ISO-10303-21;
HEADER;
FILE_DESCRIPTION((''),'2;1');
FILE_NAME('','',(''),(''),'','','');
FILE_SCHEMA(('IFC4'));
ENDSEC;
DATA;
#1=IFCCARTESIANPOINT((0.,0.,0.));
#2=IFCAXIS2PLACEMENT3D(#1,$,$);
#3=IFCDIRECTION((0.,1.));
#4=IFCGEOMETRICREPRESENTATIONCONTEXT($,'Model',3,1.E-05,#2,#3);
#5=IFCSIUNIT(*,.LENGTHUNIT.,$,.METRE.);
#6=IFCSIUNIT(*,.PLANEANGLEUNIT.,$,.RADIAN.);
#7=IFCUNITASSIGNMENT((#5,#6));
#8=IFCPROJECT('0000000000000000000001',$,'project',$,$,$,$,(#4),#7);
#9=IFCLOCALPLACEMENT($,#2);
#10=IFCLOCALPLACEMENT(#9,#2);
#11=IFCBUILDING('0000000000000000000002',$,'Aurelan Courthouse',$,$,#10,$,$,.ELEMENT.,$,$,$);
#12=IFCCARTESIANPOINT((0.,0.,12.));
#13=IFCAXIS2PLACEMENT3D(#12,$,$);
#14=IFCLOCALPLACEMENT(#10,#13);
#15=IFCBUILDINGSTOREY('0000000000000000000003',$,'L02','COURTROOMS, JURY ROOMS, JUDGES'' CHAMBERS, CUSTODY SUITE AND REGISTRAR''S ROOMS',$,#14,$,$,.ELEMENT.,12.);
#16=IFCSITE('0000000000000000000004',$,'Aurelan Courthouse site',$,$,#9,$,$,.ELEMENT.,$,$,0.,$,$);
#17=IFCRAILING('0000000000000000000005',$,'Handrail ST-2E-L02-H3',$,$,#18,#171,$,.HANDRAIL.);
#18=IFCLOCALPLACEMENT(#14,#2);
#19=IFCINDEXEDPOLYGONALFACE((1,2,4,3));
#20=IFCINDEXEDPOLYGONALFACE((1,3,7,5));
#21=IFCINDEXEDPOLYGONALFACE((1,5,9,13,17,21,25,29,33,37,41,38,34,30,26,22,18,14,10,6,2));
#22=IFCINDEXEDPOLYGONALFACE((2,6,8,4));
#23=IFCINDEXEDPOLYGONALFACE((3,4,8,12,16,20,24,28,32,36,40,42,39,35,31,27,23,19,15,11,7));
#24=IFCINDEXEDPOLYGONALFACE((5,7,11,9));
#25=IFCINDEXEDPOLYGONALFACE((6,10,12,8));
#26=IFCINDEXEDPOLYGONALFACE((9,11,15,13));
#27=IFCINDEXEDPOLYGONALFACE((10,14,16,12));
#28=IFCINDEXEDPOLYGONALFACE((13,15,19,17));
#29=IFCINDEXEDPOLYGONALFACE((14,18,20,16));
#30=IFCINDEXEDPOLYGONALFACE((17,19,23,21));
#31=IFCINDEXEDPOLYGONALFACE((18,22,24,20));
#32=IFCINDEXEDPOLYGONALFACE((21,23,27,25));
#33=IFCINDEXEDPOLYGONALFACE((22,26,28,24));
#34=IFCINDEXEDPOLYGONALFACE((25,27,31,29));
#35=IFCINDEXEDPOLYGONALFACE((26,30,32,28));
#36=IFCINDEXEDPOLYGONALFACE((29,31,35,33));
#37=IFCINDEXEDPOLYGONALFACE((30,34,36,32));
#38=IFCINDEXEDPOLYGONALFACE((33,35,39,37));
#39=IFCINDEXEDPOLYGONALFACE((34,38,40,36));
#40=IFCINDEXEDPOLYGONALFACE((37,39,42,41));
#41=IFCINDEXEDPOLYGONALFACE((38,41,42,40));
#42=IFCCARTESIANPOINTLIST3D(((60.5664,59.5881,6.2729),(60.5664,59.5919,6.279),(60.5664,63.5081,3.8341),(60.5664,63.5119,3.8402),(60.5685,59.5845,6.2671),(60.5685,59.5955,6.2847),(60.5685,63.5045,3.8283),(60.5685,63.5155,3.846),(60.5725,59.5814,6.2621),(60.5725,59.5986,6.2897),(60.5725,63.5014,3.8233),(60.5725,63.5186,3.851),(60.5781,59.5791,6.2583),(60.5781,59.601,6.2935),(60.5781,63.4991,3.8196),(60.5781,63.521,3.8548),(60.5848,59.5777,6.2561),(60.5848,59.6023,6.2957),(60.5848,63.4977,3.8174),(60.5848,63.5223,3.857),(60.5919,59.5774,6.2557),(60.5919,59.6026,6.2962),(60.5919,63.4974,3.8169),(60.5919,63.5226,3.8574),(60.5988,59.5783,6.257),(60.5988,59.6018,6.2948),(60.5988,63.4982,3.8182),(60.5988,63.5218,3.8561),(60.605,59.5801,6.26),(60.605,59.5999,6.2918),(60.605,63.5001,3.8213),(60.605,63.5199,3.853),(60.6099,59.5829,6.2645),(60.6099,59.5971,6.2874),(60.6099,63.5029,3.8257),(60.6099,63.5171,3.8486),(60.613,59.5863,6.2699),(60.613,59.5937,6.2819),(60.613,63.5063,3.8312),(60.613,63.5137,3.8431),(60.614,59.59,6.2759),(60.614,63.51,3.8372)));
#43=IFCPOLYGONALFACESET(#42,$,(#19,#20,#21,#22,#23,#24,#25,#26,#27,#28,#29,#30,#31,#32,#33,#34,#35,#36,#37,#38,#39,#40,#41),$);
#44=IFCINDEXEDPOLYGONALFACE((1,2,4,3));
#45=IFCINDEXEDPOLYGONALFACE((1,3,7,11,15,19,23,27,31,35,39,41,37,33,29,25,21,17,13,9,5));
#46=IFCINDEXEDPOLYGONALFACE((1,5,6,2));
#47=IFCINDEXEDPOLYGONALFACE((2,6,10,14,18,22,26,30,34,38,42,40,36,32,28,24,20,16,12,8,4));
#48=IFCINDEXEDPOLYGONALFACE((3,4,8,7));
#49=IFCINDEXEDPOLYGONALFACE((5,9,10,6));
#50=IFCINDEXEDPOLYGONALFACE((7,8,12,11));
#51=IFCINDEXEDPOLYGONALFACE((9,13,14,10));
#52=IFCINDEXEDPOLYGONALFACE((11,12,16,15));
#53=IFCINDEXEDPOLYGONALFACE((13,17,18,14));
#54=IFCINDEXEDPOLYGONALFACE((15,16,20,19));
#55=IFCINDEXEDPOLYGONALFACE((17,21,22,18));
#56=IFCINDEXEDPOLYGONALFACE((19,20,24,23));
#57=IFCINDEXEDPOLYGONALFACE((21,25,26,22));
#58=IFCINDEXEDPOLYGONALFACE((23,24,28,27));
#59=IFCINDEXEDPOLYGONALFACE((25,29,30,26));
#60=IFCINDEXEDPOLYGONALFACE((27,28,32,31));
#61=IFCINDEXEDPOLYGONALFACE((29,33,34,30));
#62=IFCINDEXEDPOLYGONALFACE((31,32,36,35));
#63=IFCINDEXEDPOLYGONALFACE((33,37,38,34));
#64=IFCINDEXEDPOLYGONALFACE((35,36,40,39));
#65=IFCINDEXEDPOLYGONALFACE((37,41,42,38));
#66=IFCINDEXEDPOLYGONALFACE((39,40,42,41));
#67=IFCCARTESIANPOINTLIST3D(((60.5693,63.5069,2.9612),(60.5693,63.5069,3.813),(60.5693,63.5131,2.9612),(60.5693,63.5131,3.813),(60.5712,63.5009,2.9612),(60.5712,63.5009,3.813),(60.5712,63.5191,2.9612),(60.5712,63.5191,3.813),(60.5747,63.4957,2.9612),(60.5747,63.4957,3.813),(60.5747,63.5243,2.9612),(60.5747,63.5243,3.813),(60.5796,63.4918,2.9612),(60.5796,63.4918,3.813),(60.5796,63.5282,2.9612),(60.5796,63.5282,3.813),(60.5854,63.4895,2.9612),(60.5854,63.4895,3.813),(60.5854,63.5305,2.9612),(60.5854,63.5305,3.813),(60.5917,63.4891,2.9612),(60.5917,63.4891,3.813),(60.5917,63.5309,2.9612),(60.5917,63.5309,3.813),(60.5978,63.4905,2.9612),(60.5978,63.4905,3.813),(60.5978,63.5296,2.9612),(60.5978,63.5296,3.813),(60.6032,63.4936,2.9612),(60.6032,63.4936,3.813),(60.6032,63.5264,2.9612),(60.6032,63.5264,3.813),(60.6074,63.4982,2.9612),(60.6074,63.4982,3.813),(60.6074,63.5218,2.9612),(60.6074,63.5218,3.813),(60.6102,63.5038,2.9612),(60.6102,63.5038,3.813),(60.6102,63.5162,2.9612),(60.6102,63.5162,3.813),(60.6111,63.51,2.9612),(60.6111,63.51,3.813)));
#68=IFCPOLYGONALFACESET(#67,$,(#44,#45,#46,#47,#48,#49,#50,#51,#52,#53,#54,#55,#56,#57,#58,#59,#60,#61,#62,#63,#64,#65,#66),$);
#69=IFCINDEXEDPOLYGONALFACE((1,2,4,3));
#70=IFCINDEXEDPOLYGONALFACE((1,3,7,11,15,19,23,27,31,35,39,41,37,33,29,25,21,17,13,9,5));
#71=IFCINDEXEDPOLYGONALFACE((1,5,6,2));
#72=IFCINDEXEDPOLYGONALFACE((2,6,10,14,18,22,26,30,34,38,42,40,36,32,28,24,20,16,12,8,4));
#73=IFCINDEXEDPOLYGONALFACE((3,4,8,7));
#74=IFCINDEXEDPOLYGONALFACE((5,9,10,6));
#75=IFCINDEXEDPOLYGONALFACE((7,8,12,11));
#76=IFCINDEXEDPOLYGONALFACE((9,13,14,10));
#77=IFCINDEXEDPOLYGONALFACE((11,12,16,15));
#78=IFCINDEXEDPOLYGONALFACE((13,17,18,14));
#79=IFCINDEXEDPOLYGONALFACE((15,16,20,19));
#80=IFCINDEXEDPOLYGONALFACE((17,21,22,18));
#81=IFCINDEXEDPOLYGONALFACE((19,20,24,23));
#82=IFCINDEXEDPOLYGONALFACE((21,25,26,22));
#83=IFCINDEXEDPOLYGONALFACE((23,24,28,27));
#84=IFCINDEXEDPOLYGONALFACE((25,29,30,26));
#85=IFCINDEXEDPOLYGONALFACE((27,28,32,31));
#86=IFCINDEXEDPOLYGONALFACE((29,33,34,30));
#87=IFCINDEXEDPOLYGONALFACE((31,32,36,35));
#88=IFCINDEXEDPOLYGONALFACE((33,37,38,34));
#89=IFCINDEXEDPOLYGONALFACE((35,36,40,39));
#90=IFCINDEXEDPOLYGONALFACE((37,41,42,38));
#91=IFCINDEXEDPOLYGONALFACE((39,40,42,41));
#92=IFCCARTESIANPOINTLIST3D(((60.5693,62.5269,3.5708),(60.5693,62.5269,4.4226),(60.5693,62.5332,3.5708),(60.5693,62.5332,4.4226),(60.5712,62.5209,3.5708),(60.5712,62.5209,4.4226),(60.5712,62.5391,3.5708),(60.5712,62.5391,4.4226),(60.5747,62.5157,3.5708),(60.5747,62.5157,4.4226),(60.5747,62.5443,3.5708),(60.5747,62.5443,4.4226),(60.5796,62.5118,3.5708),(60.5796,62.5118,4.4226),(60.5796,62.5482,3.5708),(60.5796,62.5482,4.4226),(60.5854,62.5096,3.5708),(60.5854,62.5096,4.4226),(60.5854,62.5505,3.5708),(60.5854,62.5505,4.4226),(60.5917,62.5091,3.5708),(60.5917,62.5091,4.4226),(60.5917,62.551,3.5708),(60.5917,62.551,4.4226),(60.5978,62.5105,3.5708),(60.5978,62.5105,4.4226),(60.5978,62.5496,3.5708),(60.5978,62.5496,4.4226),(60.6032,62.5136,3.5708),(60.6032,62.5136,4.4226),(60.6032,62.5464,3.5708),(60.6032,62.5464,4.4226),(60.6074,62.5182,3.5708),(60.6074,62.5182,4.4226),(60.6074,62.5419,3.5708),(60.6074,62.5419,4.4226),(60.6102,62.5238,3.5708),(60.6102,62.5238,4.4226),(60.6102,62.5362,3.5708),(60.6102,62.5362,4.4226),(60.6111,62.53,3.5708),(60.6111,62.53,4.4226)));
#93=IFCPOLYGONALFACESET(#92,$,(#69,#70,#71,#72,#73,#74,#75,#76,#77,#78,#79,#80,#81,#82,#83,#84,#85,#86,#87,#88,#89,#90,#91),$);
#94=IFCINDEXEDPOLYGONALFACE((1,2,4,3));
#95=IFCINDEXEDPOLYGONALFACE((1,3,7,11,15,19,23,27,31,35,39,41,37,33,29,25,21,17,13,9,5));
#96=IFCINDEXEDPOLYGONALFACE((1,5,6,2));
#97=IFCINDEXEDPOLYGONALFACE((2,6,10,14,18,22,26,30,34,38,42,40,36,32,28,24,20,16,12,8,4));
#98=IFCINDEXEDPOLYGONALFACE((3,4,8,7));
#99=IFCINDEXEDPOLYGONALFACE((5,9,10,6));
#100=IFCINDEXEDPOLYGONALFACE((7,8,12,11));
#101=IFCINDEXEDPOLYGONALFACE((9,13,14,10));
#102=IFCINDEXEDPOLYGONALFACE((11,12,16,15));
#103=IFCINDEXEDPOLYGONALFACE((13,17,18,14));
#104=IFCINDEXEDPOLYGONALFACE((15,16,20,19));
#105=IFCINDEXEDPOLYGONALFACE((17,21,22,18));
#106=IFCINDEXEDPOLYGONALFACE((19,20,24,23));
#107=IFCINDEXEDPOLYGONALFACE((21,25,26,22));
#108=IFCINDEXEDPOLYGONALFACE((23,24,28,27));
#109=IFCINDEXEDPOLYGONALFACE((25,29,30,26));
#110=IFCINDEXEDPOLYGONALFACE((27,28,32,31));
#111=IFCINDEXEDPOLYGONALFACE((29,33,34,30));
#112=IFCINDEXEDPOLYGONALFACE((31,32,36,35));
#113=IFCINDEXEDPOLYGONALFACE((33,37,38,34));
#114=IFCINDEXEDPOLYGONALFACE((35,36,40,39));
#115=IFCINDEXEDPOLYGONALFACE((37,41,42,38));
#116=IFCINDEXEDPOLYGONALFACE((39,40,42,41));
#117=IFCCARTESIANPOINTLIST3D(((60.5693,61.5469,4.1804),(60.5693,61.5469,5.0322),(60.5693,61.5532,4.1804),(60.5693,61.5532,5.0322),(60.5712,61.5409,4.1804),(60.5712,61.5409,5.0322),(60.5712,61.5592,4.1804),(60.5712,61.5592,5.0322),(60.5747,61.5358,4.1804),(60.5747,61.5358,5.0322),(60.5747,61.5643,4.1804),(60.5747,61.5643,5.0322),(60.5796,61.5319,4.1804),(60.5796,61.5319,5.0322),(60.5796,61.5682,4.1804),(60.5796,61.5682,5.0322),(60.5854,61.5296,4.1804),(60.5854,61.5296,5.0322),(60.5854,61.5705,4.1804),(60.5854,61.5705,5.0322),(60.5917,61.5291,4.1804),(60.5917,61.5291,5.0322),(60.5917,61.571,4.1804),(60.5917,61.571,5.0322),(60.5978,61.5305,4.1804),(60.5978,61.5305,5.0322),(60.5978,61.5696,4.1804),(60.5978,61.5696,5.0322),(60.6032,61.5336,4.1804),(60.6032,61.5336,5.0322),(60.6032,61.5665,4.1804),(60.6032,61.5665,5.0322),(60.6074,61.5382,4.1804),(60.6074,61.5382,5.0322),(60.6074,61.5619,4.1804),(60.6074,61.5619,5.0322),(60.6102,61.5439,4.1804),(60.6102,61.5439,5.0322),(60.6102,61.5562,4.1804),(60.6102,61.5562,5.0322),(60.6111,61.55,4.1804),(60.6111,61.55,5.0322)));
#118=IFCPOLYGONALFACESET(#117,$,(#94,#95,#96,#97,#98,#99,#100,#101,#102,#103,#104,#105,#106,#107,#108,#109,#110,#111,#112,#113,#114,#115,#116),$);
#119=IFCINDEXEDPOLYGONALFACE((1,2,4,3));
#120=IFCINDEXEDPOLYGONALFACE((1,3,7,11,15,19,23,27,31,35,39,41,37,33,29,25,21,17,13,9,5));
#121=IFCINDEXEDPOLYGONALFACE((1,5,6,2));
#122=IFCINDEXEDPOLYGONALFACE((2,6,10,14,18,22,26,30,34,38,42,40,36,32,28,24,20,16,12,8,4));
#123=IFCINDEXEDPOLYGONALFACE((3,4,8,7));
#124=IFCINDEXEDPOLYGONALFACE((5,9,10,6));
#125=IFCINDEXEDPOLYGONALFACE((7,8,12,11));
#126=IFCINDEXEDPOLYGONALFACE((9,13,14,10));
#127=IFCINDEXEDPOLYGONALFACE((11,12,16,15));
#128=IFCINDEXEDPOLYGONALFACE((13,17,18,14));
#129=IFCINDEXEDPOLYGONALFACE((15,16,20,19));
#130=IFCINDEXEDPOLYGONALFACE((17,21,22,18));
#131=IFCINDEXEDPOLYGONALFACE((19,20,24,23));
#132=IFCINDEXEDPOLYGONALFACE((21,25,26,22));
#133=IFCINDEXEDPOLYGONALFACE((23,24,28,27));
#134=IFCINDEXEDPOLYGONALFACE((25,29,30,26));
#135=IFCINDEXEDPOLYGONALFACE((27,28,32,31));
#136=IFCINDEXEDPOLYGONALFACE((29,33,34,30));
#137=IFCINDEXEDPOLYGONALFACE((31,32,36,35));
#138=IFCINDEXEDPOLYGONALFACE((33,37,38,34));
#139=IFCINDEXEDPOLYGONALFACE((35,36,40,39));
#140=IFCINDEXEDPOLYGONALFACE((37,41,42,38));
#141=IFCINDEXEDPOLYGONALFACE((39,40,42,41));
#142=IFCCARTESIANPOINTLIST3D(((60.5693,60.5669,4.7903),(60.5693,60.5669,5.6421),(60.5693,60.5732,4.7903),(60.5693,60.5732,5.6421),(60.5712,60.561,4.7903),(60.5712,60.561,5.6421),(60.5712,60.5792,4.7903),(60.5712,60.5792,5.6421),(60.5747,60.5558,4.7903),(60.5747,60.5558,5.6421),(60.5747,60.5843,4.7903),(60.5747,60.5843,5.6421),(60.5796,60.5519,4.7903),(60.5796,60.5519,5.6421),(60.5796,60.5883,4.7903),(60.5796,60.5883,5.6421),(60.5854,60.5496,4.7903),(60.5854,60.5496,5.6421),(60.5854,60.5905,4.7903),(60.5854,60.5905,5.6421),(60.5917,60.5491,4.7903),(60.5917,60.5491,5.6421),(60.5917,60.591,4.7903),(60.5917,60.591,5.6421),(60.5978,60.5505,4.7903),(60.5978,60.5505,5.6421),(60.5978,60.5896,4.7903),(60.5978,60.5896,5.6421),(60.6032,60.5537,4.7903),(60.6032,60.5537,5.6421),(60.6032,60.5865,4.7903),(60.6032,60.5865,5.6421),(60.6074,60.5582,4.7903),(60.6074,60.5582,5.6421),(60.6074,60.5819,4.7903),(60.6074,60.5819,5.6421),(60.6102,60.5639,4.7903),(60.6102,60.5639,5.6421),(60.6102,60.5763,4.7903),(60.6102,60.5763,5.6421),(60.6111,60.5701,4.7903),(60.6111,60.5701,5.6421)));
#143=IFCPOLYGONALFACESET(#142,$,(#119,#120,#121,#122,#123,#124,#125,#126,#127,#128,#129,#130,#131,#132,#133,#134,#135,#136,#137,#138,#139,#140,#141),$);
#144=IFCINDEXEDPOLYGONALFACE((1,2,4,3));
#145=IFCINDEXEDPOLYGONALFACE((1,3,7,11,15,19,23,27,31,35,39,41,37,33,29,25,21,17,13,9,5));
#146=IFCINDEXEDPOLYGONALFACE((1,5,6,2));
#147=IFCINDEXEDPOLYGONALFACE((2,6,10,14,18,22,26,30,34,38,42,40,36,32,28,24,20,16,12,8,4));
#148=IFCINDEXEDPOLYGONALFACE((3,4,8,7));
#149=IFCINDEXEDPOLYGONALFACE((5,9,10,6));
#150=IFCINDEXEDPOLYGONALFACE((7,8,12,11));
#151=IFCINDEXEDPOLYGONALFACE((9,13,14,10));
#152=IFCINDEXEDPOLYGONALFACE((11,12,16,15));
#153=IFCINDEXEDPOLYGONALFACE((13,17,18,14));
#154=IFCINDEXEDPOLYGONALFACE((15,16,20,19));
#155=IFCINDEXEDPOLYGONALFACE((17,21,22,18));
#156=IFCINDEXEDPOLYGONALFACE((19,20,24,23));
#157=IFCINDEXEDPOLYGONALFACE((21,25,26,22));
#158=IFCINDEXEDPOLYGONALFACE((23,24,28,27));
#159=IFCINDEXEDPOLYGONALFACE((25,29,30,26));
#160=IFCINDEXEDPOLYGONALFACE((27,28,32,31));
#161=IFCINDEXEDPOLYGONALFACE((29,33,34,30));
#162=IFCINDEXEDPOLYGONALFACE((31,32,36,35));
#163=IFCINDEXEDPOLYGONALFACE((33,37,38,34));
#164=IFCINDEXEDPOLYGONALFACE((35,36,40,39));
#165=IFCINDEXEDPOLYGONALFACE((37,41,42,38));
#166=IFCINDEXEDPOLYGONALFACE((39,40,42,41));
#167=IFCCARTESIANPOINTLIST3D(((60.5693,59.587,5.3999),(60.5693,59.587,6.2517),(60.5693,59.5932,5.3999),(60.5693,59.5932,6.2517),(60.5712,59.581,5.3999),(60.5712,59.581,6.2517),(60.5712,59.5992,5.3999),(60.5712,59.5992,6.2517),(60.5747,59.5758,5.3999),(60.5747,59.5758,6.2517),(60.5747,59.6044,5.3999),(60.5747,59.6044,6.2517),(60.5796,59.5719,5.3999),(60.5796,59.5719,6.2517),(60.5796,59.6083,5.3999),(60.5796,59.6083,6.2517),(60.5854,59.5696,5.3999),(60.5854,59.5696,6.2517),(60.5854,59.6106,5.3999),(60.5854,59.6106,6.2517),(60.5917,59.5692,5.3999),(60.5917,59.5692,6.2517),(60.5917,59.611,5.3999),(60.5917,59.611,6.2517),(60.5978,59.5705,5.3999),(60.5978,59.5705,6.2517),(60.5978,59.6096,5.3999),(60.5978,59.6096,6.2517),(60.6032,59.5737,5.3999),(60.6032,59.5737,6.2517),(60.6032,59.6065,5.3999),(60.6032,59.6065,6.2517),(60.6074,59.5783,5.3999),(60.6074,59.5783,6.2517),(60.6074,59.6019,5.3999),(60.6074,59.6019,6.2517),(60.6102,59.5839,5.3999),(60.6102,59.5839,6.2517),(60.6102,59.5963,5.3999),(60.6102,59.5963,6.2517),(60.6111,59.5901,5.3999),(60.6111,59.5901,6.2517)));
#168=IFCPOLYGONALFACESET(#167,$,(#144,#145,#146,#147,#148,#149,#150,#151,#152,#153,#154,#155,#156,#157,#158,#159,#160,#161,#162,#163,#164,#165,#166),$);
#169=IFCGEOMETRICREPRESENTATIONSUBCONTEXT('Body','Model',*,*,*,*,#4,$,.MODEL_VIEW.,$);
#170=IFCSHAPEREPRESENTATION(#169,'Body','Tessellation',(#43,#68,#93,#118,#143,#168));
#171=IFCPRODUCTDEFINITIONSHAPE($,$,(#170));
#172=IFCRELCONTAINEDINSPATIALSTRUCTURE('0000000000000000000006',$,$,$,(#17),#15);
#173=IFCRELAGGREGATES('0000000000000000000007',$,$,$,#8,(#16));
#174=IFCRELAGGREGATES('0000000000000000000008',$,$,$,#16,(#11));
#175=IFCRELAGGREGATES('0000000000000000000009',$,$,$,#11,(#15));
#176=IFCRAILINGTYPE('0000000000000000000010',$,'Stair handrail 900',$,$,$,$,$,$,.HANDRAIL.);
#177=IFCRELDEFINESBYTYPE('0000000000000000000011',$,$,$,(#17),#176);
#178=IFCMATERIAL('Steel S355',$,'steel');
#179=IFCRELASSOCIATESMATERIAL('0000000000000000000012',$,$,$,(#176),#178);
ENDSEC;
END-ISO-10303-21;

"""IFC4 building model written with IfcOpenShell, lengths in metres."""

from ifc_helpers import new_model, si_unit, direction, frame, origin, origin_2d, place, context, subcontext, project, spatial, circle, extrude, material, type_object, element, save


model = new_model("IFC4")

# Units and contexts
model_context = context("Model", 3, precision=1e-05, world=origin(), true_north=direction((0.0, 1.0)))
body_context = subcontext(model_context, "Body", "Model", "MODEL_VIEW")
ifc_project = project(units=[si_unit("LENGTHUNIT", "METRE"), si_unit("PLANEANGLEUNIT", "RADIAN")], contexts=[model_context])

# Site, building, storey
site_placement = place(None, origin())
site = spatial("IfcSite", under=ifc_project, at=site_placement, Name="Aurelan Courthouse site", CompositionType="ELEMENT", RefElevation=0.0)
building_placement = place(site_placement, origin())
building = spatial("IfcBuilding", under=site, at=building_placement, Name="Aurelan Courthouse", CompositionType="ELEMENT")
storey_placement = place(building_placement, frame((0.0, 0.0, 12.0)))
storey = spatial("IfcBuildingStorey", under=building, at=storey_placement, Name="L02", Description="COURTROOMS, JURY ROOMS, JUDGES' CHAMBERS, CUSTODY SUITE AND REGISTRAR'S ROOMS", CompositionType="ELEMENT", Elevation=12.0)

# Railing
ifc_material_1 = material(Name="Steel S355", Category="steel")
railing_type_1 = type_object("IfcRailingType", Name="Stair handrail 900", PredefinedType="HANDRAIL", material=ifc_material_1)
for number, where, name in (
    (1, (60.5901, 63.51, 2.9612), "Handrail ST-2E-L02-H3"),
):
    element("IfcRailing", number, at=place(storey_placement, frame(where)), inside=storey, type_object=railing_type_1, Name=name, PredefinedType="HANDRAIL", context=body_context, shape_type="SweptSolid", body=[
        extrude(circle(Radius=0.0239, at=origin_2d()), frame((0.0, 0.0, 0.876), z_axis=(0.0, -0.84909, 0.528249), x_axis=(1.0, 0.0, 0.0)), (0.0, 0.0, 1.0), 4.6167),
        extrude(circle(Radius=0.021, at=origin_2d()), origin(), (0.0, 0.0, 1.0), 0.8518),
        extrude(circle(Radius=0.021, at=origin_2d()), frame((0.0, -0.98, 0.6096)), (0.0, 0.0, 1.0), 0.8518),
        extrude(circle(Radius=0.021, at=origin_2d()), frame((0.0, -1.96, 1.2192)), (0.0, 0.0, 1.0), 0.8518),
        extrude(circle(Radius=0.021, at=origin_2d()), frame((0.0, -2.9399, 1.8291)), (0.0, 0.0, 1.0), 0.8518),
        extrude(circle(Radius=0.021, at=origin_2d()), frame((0.0, -3.9199, 2.4387)), (0.0, 0.0, 1.0), 0.8518),
    ])

save(model, "model.ifc")
